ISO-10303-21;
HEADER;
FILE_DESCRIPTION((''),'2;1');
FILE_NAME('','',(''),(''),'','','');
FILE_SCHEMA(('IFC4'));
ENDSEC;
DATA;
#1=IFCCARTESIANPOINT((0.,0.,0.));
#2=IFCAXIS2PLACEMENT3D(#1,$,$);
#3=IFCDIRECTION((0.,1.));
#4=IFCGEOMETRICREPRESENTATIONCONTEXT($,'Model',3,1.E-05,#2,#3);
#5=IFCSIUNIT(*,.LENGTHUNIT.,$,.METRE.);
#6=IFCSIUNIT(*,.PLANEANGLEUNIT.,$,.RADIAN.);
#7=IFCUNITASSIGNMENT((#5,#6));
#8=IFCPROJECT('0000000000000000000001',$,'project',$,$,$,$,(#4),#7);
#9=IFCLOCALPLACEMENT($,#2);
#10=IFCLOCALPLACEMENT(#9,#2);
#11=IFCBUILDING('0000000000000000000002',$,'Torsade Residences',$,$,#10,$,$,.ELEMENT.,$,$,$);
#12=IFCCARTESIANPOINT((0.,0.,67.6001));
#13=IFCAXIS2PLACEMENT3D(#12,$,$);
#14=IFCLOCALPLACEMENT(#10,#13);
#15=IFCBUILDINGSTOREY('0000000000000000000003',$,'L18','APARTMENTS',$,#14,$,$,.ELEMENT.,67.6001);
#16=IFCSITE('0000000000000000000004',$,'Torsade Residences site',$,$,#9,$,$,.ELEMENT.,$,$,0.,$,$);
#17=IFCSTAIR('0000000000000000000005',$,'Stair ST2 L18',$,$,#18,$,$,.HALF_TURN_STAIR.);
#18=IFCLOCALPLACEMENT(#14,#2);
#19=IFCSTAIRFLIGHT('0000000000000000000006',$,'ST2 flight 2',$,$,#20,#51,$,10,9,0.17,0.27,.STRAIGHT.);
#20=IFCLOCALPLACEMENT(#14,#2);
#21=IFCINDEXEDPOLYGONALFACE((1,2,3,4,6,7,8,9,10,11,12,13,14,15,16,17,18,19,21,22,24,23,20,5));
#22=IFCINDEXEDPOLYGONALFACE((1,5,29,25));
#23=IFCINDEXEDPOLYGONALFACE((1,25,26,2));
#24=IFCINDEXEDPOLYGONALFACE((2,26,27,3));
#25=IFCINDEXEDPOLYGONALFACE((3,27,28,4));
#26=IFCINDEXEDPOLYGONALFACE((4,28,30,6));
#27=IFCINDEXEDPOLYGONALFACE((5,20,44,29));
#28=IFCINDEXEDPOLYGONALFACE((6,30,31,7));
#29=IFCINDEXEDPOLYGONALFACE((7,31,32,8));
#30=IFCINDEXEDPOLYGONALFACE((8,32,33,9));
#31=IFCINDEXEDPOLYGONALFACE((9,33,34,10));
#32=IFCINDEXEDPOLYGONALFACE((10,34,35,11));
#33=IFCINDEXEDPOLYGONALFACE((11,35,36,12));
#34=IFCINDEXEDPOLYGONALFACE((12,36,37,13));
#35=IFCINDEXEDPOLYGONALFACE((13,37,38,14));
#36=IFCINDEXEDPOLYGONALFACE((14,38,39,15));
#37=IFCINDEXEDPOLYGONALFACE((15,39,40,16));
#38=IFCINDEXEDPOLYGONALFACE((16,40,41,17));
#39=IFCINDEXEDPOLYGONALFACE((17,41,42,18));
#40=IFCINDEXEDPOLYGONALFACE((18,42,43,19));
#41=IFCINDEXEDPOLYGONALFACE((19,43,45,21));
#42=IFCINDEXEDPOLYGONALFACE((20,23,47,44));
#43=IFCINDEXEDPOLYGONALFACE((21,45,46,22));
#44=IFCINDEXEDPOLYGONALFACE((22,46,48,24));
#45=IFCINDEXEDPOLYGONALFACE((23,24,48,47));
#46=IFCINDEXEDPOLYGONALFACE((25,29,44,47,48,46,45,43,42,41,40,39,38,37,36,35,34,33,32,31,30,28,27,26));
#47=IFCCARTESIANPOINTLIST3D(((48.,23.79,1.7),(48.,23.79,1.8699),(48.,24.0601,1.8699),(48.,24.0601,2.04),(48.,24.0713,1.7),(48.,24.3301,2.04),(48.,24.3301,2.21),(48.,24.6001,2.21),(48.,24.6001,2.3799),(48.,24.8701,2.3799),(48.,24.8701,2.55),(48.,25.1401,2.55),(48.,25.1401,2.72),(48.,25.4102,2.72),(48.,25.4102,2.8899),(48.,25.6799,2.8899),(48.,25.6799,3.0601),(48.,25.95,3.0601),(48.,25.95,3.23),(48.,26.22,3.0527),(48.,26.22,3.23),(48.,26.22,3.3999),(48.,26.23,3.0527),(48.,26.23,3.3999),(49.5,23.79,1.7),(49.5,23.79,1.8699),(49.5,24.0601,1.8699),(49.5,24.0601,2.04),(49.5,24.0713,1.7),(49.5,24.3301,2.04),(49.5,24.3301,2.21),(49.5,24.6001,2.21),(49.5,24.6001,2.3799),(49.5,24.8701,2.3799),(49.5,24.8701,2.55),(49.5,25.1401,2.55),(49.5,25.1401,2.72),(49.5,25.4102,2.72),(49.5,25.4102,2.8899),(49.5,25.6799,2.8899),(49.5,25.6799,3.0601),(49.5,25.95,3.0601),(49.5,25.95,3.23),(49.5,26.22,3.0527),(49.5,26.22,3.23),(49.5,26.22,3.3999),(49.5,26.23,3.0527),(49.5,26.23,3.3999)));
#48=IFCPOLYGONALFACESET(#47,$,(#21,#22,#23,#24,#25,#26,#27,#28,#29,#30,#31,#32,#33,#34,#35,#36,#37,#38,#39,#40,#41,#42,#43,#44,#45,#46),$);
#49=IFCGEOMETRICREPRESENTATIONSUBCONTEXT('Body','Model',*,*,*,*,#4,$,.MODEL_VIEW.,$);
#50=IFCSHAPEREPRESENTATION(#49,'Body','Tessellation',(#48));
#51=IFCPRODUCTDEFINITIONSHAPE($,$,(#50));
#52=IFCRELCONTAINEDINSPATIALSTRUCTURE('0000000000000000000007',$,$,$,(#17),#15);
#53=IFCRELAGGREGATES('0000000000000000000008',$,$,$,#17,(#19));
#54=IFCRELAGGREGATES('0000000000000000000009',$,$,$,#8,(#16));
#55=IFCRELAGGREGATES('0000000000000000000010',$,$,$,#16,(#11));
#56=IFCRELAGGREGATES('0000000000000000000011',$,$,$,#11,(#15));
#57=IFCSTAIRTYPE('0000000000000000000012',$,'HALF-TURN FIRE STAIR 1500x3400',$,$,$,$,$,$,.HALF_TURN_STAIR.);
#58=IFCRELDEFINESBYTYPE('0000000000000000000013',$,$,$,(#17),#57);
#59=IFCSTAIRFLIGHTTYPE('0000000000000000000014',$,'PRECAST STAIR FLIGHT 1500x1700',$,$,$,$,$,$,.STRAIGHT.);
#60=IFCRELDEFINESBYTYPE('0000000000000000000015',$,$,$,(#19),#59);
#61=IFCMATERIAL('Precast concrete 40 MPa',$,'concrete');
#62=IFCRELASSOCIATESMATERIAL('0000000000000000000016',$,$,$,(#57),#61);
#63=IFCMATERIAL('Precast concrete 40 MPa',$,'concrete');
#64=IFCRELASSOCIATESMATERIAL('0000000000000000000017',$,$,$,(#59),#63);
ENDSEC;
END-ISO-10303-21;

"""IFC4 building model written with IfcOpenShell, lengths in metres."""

from ifc_helpers import new_model, si_unit, direction, frame, origin, place, context, subcontext, project, spatial, polyline, outline, extrude, material, type_object, element, aggregate, save


model = new_model("IFC4")

# Units and contexts
model_context = context("Model", 3, precision=1e-05, world=origin(), true_north=direction((0.0, 1.0)))
body_context = subcontext(model_context, "Body", "Model", "MODEL_VIEW")
ifc_project = project(units=[si_unit("LENGTHUNIT", "METRE"), si_unit("PLANEANGLEUNIT", "RADIAN")], contexts=[model_context])

# Site, building, storey
site_placement = place(None, origin())
site = spatial("IfcSite", under=ifc_project, at=site_placement, Name="Torsade Residences site", CompositionType="ELEMENT", RefElevation=0.0)
building_placement = place(site_placement, origin())
building = spatial("IfcBuilding", under=site, at=building_placement, Name="Torsade Residences", CompositionType="ELEMENT")
storey_placement = place(building_placement, frame((0.0, 0.0, 67.6001)))
storey = spatial("IfcBuildingStorey", under=building, at=storey_placement, Name="L18", Description="APARTMENTS", CompositionType="ELEMENT", Elevation=67.6001)

# Stair, stair flight
ifc_material_1 = material(Name="Precast concrete 40 MPa", Category="concrete")
stair_type = type_object("IfcStairType", Name="HALF-TURN FIRE STAIR 1500x3400", PredefinedType="HALF_TURN_STAIR", material=ifc_material_1)
stair_placement = place(storey_placement, origin())
stair = element("IfcStair", 1, at=stair_placement, inside=storey, type_object=stair_type, Name="Stair ST2 L18", PredefinedType="HALF_TURN_STAIR")
ifc_material_2 = material(Name="Precast concrete 40 MPa", Category="concrete")
stair_flight_type = type_object("IfcStairFlightType", Name="PRECAST STAIR FLIGHT 1500x1700", PredefinedType="STRAIGHT", material=ifc_material_2)
stair_flight_placement = place(storey_placement, frame((48.75, 23.79, 1.7), z_axis=(0.0, 0.0, 1.0), x_axis=(0.0, 1.0, 0.0)))
stair_flight = element("IfcStairFlight", 2, at=stair_flight_placement, type_object=stair_flight_type, Name="ST2 flight 2", NumberOfRisers=10, NumberOfTreads=9, PredefinedType="STRAIGHT", RiserHeight=0.17, TreadLength=0.27, context=body_context, shape_type="SweptSolid", body=[
    extrude(outline(polyline([(0.0, 0.0), (0.0, 0.1699), (0.27, 0.1699), (0.27, 0.3401), (0.54, 0.3401), (0.54, 0.51), (0.8101, 0.51), (0.8101, 0.6799), (1.0801, 0.6799), (1.0801, 0.8501), (1.3501, 0.8501), (1.3501, 1.02), (1.6201, 1.02), (1.6201, 1.1899), (1.8899, 1.1899), (1.8899, 1.3601), (2.1599, 1.3601), (2.1599, 1.53), (2.4299, 1.53), (2.4299, 1.7), (2.4399, 1.7), (2.4399, 1.3528), (2.4299, 1.3528), (0.2812, 0.0), (0.0, 0.0)])), frame((0.0, 0.75, 0.0), z_axis=(0.0, -1.0, 0.0), x_axis=(1.0, 0.0, 0.0)), (0.0, 0.0, 1.0), 1.5),
])
aggregate(stair, [stair_flight])

save(model, "model.ifc")
